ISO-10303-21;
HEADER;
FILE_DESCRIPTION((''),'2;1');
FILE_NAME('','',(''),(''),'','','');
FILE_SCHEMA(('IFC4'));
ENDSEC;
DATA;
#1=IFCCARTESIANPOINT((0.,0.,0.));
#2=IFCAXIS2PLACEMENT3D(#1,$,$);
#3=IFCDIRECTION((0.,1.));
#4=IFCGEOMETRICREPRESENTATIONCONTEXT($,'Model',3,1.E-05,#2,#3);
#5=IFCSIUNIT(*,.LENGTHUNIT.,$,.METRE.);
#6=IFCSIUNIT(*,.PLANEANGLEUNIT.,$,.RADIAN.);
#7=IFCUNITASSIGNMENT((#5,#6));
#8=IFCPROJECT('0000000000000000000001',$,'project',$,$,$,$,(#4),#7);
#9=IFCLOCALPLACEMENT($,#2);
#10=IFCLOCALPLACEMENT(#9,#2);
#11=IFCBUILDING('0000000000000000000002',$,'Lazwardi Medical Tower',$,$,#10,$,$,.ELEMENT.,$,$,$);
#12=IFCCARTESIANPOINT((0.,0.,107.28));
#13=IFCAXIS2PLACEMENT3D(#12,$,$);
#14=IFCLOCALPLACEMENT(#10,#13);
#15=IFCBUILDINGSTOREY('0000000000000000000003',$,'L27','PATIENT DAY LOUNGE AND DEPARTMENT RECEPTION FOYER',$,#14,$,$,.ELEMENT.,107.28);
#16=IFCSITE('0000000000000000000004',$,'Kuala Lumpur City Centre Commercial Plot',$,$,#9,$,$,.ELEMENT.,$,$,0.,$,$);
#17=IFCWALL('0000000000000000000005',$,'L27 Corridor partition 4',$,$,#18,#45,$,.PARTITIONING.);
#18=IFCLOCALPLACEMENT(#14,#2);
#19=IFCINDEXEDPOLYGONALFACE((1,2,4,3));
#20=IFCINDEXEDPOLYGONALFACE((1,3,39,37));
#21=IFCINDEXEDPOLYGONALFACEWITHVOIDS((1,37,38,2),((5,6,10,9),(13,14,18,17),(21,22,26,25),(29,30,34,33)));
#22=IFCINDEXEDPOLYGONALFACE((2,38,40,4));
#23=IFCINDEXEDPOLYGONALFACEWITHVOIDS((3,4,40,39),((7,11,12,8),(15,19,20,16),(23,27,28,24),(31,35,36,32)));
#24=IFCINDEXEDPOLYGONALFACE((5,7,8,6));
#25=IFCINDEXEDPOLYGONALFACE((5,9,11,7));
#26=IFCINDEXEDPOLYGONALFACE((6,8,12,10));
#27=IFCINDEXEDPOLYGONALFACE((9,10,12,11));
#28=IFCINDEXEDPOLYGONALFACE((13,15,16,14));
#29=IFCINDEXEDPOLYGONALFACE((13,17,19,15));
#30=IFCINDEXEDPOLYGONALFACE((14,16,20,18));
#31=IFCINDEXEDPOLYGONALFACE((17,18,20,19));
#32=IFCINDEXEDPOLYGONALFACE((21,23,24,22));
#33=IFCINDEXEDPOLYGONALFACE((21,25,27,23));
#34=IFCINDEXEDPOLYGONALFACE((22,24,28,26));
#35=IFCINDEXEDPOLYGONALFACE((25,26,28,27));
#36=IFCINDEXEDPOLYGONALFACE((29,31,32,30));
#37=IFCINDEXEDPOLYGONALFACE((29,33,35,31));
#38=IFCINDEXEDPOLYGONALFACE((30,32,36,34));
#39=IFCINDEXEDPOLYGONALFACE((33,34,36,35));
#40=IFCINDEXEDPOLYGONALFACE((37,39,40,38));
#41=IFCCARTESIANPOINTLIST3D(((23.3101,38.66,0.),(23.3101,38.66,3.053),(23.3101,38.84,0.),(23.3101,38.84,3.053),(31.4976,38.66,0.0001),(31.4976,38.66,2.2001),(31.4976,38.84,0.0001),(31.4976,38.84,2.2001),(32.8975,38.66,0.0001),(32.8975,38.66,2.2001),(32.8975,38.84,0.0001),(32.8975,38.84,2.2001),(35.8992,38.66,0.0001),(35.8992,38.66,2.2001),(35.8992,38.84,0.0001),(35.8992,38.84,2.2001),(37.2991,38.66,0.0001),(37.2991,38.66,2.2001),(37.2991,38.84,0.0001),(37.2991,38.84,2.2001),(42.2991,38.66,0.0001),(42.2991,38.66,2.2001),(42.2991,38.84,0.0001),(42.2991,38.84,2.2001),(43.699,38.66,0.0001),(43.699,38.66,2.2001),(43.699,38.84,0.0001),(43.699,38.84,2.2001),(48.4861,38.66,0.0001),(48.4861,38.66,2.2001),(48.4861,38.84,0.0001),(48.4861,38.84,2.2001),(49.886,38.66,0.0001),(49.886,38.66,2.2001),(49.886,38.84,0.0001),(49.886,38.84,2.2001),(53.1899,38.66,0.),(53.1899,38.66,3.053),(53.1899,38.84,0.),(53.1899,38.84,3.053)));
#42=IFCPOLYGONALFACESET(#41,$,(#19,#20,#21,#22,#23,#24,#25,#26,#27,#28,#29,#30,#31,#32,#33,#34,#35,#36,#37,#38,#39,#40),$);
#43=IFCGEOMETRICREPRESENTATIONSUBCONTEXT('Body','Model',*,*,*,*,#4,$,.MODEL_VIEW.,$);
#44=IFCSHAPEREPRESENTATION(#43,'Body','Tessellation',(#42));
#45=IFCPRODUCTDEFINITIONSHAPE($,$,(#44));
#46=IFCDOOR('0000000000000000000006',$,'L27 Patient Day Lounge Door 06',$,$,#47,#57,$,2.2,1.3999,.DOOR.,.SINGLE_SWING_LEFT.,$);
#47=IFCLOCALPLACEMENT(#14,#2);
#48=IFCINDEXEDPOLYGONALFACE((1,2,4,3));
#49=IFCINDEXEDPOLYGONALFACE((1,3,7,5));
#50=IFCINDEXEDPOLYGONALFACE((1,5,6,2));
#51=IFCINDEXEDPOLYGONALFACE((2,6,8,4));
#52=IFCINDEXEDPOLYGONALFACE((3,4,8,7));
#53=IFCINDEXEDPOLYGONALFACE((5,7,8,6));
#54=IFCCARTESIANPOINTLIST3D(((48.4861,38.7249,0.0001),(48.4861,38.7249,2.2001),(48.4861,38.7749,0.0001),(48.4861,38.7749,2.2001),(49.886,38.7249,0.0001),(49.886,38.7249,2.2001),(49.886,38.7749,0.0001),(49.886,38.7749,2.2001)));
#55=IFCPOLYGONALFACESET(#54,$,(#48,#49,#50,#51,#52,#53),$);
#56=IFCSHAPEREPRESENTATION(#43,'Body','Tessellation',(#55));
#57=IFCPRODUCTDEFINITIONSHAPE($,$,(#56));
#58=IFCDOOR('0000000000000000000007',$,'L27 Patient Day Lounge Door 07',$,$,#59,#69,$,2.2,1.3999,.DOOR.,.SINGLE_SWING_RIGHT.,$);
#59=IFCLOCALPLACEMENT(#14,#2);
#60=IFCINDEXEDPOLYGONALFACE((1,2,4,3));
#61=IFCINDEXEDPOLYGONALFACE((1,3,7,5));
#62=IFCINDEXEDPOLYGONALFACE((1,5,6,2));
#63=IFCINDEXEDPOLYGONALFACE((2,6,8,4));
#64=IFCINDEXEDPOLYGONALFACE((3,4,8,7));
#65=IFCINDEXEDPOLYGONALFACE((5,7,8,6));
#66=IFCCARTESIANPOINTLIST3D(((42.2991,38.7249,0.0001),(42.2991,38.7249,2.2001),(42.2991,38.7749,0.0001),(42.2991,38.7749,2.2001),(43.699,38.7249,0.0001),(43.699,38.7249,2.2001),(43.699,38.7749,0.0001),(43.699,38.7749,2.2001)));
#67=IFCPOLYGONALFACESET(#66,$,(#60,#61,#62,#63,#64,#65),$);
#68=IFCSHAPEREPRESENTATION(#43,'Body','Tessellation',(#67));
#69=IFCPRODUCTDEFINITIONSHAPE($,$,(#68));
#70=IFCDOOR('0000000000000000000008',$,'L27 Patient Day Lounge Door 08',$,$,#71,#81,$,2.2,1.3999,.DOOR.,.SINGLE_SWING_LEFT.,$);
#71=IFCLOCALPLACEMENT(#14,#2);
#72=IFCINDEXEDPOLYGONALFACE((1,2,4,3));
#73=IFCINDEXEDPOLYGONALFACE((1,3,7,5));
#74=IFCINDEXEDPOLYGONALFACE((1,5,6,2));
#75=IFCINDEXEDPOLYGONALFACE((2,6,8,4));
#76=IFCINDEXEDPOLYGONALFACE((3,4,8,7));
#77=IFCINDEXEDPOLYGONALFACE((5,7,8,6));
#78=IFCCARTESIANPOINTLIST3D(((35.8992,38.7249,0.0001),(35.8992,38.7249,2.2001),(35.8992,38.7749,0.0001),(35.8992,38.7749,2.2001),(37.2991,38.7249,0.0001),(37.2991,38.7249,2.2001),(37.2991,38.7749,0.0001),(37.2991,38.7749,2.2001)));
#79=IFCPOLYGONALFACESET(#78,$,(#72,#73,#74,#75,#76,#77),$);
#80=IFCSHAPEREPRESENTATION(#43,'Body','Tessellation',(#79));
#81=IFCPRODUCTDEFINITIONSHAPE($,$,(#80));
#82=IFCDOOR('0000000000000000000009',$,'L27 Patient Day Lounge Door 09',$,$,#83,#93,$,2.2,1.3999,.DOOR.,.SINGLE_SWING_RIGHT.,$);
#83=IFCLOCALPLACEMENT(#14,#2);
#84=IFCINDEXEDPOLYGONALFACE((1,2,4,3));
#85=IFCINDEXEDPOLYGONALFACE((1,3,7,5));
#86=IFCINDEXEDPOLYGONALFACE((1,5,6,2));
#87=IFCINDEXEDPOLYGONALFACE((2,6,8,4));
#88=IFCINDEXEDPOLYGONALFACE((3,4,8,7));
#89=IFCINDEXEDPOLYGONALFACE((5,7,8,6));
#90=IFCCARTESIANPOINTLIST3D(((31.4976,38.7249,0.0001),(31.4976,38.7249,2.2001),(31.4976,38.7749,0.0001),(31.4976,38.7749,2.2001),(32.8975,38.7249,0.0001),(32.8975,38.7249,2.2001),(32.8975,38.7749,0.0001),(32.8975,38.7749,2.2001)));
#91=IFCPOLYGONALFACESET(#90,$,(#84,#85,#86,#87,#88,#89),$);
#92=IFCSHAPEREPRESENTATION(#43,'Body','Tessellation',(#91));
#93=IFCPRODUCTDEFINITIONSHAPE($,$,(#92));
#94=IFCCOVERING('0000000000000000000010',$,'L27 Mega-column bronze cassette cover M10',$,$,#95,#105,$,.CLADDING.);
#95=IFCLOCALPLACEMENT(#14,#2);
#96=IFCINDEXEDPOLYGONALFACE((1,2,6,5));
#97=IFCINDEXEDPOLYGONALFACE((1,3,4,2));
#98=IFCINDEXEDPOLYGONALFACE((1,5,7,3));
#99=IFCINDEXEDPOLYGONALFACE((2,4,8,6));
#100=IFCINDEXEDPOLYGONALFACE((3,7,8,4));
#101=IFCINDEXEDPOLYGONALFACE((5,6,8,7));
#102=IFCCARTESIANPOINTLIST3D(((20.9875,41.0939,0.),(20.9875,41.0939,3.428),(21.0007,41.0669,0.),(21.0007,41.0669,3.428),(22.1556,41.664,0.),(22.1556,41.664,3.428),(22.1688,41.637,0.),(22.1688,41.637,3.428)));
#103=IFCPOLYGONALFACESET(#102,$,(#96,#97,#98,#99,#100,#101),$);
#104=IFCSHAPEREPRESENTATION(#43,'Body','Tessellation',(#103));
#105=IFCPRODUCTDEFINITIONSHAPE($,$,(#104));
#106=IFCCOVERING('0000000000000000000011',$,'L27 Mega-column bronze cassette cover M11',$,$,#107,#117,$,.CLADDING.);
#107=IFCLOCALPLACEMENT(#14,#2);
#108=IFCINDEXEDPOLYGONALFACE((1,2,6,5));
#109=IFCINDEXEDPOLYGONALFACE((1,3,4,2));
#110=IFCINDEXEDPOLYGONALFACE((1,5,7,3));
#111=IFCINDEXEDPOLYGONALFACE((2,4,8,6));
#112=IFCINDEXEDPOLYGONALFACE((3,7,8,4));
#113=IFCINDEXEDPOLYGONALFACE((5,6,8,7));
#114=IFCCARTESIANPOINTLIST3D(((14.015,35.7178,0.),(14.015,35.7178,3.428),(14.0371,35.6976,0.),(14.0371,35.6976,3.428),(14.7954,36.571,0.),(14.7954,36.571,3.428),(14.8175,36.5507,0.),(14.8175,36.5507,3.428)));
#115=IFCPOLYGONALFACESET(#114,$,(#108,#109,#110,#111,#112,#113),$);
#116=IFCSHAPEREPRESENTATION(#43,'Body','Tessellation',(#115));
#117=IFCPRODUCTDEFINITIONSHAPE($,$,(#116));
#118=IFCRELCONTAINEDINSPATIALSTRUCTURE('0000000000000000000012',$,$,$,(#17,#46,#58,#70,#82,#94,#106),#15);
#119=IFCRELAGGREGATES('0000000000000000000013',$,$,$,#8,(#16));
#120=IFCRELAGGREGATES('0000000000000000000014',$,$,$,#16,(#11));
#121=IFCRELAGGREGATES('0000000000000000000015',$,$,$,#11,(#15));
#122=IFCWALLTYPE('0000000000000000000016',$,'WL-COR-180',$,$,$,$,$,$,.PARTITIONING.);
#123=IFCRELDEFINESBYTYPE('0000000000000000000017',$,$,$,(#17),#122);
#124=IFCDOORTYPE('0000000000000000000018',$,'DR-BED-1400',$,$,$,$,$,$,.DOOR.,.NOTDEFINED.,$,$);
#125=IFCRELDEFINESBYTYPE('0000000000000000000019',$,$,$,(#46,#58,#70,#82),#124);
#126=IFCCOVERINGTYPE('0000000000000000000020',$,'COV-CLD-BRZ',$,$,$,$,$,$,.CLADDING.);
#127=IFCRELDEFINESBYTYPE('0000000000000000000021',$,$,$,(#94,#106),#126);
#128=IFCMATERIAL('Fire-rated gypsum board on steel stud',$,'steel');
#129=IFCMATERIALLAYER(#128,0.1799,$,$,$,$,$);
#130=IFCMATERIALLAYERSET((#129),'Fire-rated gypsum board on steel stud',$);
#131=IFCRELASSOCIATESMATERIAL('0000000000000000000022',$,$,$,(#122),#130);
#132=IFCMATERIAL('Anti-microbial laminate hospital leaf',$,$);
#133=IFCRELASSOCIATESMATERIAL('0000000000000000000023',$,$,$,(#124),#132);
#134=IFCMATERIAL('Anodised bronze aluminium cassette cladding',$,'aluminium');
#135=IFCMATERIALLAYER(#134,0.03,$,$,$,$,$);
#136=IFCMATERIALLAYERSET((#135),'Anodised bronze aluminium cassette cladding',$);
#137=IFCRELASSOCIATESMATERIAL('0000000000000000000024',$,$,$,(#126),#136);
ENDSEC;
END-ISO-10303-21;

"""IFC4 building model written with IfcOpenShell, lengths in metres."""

from ifc_helpers import new_model, si_unit, direction, frame, frame_2d, origin, origin_2d, place, context, subcontext, project, spatial, rectangle, extrude, material, layer, layer_set, type_object, element, fill, save


model = new_model("IFC4")

# Units and contexts
model_context = context("Model", 3, precision=1e-05, world=origin(), true_north=direction((0.0, 1.0)))
body_context = subcontext(model_context, "Body", "Model", "MODEL_VIEW")
ifc_project = project(units=[si_unit("LENGTHUNIT", "METRE"), si_unit("PLANEANGLEUNIT", "RADIAN")], contexts=[model_context])

# Site, building, storey
site_placement = place(None, origin())
site = spatial("IfcSite", under=ifc_project, at=site_placement, Name="Kuala Lumpur City Centre Commercial Plot", CompositionType="ELEMENT", RefElevation=0.0)
building_placement = place(site_placement, origin())
building = spatial("IfcBuilding", under=site, at=building_placement, Name="Lazwardi Medical Tower", CompositionType="ELEMENT")
storey_placement = place(building_placement, frame((0.0, 0.0, 107.28)))
storey = spatial("IfcBuildingStorey", under=building, at=storey_placement, Name="L27", Description="PATIENT DAY LOUNGE AND DEPARTMENT RECEPTION FOYER", CompositionType="ELEMENT", Elevation=107.28)

# Wall, openings, doors
ifc_material_1 = material(Name="Fire-rated gypsum board on steel stud", Category="steel")
ifc_layer_1 = layer(ifc_material_1, 0.1799)
ifc_layer_set_1 = layer_set([ifc_layer_1], Name="Fire-rated gypsum board on steel stud")
wall_type = type_object("IfcWallType", Name="WL-COR-180", PredefinedType="PARTITIONING", material=ifc_layer_set_1)
wall_placement = place(storey_placement, frame((23.3101, 38.75, 0.0), z_axis=(0.0, 0.0, 1.0), x_axis=(1.0, 0.0, 0.0)))
wall = element("IfcWall", 1, at=wall_placement, inside=storey, type_object=wall_type, Name="L27 Corridor partition 4", PredefinedType="PARTITIONING", context=body_context, shape_type="SweptSolid", body=[
    extrude(rectangle(XDim=29.8799, YDim=0.1799, at=frame_2d((14.9399, 0.0))), origin(), (0.0, 0.0, 1.0), 3.053),
])
opening_1_placement = place(wall_placement, frame((25.176, 0.0, 0.0)))
opening_1 = element("IfcOpeningElement", 2, at=opening_1_placement, cuts=wall, PredefinedType="OPENING", context=body_context, shape_type="SweptSolid", body=[
    extrude(rectangle(XDim=1.3999, YDim=2.2, at=frame_2d((0.7, 1.1001))), frame((0.0, 0.0999, 0.0), z_axis=(0.0, -1.0, 0.0), x_axis=(1.0, 0.0, 0.0)), (0.0, 0.0, 1.0), 0.2),
])
opening_2_placement = place(wall_placement, frame((18.989, 0.0, 0.0)))
opening_2 = element("IfcOpeningElement", 3, at=opening_2_placement, cuts=wall, PredefinedType="OPENING", context=body_context, shape_type="SweptSolid", body=[
    extrude(rectangle(XDim=1.3999, YDim=2.2, at=frame_2d((0.7, 1.1001))), frame((0.0, 0.0999, 0.0), z_axis=(0.0, -1.0, 0.0), x_axis=(1.0, 0.0, 0.0)), (0.0, 0.0, 1.0), 0.2),
])
opening_3_placement = place(wall_placement, frame((12.5891, 0.0, 0.0)))
opening_3 = element("IfcOpeningElement", 4, at=opening_3_placement, cuts=wall, PredefinedType="OPENING", context=body_context, shape_type="SweptSolid", body=[
    extrude(rectangle(XDim=1.3999, YDim=2.2, at=frame_2d((0.7, 1.1001))), frame((0.0, 0.0999, 0.0), z_axis=(0.0, -1.0, 0.0), x_axis=(1.0, 0.0, 0.0)), (0.0, 0.0, 1.0), 0.2),
])
opening_4_placement = place(wall_placement, frame((8.1875, 0.0, 0.0)))
opening_4 = element("IfcOpeningElement", 5, at=opening_4_placement, cuts=wall, PredefinedType="OPENING", context=body_context, shape_type="SweptSolid", body=[
    extrude(rectangle(XDim=1.3999, YDim=2.2, at=frame_2d((0.7, 1.1001))), frame((0.0, 0.0999, 0.0), z_axis=(0.0, -1.0, 0.0), x_axis=(1.0, 0.0, 0.0)), (0.0, 0.0, 1.0), 0.2),
])
ifc_material_2 = material(Name="Anti-microbial laminate hospital leaf")
door_type = type_object("IfcDoorType", Name="DR-BED-1400", OperationType="NOTDEFINED", PredefinedType="DOOR", material=ifc_material_2)
door_1_placement = place(opening_1_placement, origin())
door_1 = element("IfcDoor", 6, at=door_1_placement, inside=storey, type_object=door_type, Name="L27 Patient Day Lounge Door 06", OperationType="SINGLE_SWING_LEFT", OverallHeight=2.2, OverallWidth=1.3999, PredefinedType="DOOR", context=body_context, shape_type="SweptSolid", body=[
    extrude(rectangle(XDim=1.3999, YDim=2.2, at=frame_2d((0.7, 1.1001))), frame((0.0, 0.0249, 0.0), z_axis=(0.0, -1.0, 0.0), x_axis=(1.0, 0.0, 0.0)), (0.0, 0.0, 1.0), 0.05),
])
fill(opening_1, door_1)
door_2_placement = place(opening_2_placement, origin())
door_2 = element("IfcDoor", 7, at=door_2_placement, inside=storey, type_object=door_type, Name="L27 Patient Day Lounge Door 07", OperationType="SINGLE_SWING_RIGHT", OverallHeight=2.2, OverallWidth=1.3999, PredefinedType="DOOR", context=body_context, shape_type="SweptSolid", body=[
    extrude(rectangle(XDim=1.3999, YDim=2.2, at=frame_2d((0.7, 1.1001))), frame((0.0, 0.0249, 0.0), z_axis=(0.0, -1.0, 0.0), x_axis=(1.0, 0.0, 0.0)), (0.0, 0.0, 1.0), 0.05),
])
fill(opening_2, door_2)
door_3_placement = place(opening_3_placement, origin())
door_3 = element("IfcDoor", 8, at=door_3_placement, inside=storey, type_object=door_type, Name="L27 Patient Day Lounge Door 08", OperationType="SINGLE_SWING_LEFT", OverallHeight=2.2, OverallWidth=1.3999, PredefinedType="DOOR", context=body_context, shape_type="SweptSolid", body=[
    extrude(rectangle(XDim=1.3999, YDim=2.2, at=frame_2d((0.7, 1.1001))), frame((0.0, 0.0249, 0.0), z_axis=(0.0, -1.0, 0.0), x_axis=(1.0, 0.0, 0.0)), (0.0, 0.0, 1.0), 0.05),
])
fill(opening_3, door_3)
door_4_placement = place(opening_4_placement, origin())
door_4 = element("IfcDoor", 9, at=door_4_placement, inside=storey, type_object=door_type, Name="L27 Patient Day Lounge Door 09", OperationType="SINGLE_SWING_RIGHT", OverallHeight=2.2, OverallWidth=1.3999, PredefinedType="DOOR", context=body_context, shape_type="SweptSolid", body=[
    extrude(rectangle(XDim=1.3999, YDim=2.2, at=frame_2d((0.7, 1.1001))), frame((0.0, 0.0249, 0.0), z_axis=(0.0, -1.0, 0.0), x_axis=(1.0, 0.0, 0.0)), (0.0, 0.0, 1.0), 0.05),
])
fill(opening_4, door_4)

# Coverings
ifc_material_3 = material(Name="Anodised bronze aluminium cassette cladding", Category="aluminium")
ifc_layer_2 = layer(ifc_material_3, 0.03)
ifc_layer_set_2 = layer_set([ifc_layer_2], Name="Anodised bronze aluminium cassette cladding")
covering_type = type_object("IfcCoveringType", Name="COV-CLD-BRZ", PredefinedType="CLADDING", material=ifc_layer_set_2)
covering_1_placement = place(storey_placement, frame((21.5781, 41.3655, 0.0), z_axis=(0.0, 0.0, 1.0), x_axis=(-0.898679, -0.438606, 0.0)))
element("IfcCovering", 10, at=covering_1_placement, inside=storey, type_object=covering_type, Name="L27 Mega-column bronze cassette cover M10", PredefinedType="CLADDING", context=body_context, shape_type="SweptSolid", body=[
    extrude(rectangle(XDim=1.2998, YDim=0.03, at=origin_2d()), origin(), (0.0, 0.0, 1.0), 3.428),
])
covering_2_placement = place(storey_placement, frame((14.4163, 36.1343, 0.0), z_axis=(0.0, 0.0, 1.0), x_axis=(-0.674926, -0.737885, 0.0)))
element("IfcCovering", 11, at=covering_2_placement, inside=storey, type_object=covering_type, Name="L27 Mega-column bronze cassette cover M11", PredefinedType="CLADDING", context=body_context, shape_type="SweptSolid", body=[
    extrude(rectangle(XDim=1.1562, YDim=0.03, at=origin_2d()), origin(), (0.0, 0.0, 1.0), 3.428),
])

save(model, "model.ifc")
